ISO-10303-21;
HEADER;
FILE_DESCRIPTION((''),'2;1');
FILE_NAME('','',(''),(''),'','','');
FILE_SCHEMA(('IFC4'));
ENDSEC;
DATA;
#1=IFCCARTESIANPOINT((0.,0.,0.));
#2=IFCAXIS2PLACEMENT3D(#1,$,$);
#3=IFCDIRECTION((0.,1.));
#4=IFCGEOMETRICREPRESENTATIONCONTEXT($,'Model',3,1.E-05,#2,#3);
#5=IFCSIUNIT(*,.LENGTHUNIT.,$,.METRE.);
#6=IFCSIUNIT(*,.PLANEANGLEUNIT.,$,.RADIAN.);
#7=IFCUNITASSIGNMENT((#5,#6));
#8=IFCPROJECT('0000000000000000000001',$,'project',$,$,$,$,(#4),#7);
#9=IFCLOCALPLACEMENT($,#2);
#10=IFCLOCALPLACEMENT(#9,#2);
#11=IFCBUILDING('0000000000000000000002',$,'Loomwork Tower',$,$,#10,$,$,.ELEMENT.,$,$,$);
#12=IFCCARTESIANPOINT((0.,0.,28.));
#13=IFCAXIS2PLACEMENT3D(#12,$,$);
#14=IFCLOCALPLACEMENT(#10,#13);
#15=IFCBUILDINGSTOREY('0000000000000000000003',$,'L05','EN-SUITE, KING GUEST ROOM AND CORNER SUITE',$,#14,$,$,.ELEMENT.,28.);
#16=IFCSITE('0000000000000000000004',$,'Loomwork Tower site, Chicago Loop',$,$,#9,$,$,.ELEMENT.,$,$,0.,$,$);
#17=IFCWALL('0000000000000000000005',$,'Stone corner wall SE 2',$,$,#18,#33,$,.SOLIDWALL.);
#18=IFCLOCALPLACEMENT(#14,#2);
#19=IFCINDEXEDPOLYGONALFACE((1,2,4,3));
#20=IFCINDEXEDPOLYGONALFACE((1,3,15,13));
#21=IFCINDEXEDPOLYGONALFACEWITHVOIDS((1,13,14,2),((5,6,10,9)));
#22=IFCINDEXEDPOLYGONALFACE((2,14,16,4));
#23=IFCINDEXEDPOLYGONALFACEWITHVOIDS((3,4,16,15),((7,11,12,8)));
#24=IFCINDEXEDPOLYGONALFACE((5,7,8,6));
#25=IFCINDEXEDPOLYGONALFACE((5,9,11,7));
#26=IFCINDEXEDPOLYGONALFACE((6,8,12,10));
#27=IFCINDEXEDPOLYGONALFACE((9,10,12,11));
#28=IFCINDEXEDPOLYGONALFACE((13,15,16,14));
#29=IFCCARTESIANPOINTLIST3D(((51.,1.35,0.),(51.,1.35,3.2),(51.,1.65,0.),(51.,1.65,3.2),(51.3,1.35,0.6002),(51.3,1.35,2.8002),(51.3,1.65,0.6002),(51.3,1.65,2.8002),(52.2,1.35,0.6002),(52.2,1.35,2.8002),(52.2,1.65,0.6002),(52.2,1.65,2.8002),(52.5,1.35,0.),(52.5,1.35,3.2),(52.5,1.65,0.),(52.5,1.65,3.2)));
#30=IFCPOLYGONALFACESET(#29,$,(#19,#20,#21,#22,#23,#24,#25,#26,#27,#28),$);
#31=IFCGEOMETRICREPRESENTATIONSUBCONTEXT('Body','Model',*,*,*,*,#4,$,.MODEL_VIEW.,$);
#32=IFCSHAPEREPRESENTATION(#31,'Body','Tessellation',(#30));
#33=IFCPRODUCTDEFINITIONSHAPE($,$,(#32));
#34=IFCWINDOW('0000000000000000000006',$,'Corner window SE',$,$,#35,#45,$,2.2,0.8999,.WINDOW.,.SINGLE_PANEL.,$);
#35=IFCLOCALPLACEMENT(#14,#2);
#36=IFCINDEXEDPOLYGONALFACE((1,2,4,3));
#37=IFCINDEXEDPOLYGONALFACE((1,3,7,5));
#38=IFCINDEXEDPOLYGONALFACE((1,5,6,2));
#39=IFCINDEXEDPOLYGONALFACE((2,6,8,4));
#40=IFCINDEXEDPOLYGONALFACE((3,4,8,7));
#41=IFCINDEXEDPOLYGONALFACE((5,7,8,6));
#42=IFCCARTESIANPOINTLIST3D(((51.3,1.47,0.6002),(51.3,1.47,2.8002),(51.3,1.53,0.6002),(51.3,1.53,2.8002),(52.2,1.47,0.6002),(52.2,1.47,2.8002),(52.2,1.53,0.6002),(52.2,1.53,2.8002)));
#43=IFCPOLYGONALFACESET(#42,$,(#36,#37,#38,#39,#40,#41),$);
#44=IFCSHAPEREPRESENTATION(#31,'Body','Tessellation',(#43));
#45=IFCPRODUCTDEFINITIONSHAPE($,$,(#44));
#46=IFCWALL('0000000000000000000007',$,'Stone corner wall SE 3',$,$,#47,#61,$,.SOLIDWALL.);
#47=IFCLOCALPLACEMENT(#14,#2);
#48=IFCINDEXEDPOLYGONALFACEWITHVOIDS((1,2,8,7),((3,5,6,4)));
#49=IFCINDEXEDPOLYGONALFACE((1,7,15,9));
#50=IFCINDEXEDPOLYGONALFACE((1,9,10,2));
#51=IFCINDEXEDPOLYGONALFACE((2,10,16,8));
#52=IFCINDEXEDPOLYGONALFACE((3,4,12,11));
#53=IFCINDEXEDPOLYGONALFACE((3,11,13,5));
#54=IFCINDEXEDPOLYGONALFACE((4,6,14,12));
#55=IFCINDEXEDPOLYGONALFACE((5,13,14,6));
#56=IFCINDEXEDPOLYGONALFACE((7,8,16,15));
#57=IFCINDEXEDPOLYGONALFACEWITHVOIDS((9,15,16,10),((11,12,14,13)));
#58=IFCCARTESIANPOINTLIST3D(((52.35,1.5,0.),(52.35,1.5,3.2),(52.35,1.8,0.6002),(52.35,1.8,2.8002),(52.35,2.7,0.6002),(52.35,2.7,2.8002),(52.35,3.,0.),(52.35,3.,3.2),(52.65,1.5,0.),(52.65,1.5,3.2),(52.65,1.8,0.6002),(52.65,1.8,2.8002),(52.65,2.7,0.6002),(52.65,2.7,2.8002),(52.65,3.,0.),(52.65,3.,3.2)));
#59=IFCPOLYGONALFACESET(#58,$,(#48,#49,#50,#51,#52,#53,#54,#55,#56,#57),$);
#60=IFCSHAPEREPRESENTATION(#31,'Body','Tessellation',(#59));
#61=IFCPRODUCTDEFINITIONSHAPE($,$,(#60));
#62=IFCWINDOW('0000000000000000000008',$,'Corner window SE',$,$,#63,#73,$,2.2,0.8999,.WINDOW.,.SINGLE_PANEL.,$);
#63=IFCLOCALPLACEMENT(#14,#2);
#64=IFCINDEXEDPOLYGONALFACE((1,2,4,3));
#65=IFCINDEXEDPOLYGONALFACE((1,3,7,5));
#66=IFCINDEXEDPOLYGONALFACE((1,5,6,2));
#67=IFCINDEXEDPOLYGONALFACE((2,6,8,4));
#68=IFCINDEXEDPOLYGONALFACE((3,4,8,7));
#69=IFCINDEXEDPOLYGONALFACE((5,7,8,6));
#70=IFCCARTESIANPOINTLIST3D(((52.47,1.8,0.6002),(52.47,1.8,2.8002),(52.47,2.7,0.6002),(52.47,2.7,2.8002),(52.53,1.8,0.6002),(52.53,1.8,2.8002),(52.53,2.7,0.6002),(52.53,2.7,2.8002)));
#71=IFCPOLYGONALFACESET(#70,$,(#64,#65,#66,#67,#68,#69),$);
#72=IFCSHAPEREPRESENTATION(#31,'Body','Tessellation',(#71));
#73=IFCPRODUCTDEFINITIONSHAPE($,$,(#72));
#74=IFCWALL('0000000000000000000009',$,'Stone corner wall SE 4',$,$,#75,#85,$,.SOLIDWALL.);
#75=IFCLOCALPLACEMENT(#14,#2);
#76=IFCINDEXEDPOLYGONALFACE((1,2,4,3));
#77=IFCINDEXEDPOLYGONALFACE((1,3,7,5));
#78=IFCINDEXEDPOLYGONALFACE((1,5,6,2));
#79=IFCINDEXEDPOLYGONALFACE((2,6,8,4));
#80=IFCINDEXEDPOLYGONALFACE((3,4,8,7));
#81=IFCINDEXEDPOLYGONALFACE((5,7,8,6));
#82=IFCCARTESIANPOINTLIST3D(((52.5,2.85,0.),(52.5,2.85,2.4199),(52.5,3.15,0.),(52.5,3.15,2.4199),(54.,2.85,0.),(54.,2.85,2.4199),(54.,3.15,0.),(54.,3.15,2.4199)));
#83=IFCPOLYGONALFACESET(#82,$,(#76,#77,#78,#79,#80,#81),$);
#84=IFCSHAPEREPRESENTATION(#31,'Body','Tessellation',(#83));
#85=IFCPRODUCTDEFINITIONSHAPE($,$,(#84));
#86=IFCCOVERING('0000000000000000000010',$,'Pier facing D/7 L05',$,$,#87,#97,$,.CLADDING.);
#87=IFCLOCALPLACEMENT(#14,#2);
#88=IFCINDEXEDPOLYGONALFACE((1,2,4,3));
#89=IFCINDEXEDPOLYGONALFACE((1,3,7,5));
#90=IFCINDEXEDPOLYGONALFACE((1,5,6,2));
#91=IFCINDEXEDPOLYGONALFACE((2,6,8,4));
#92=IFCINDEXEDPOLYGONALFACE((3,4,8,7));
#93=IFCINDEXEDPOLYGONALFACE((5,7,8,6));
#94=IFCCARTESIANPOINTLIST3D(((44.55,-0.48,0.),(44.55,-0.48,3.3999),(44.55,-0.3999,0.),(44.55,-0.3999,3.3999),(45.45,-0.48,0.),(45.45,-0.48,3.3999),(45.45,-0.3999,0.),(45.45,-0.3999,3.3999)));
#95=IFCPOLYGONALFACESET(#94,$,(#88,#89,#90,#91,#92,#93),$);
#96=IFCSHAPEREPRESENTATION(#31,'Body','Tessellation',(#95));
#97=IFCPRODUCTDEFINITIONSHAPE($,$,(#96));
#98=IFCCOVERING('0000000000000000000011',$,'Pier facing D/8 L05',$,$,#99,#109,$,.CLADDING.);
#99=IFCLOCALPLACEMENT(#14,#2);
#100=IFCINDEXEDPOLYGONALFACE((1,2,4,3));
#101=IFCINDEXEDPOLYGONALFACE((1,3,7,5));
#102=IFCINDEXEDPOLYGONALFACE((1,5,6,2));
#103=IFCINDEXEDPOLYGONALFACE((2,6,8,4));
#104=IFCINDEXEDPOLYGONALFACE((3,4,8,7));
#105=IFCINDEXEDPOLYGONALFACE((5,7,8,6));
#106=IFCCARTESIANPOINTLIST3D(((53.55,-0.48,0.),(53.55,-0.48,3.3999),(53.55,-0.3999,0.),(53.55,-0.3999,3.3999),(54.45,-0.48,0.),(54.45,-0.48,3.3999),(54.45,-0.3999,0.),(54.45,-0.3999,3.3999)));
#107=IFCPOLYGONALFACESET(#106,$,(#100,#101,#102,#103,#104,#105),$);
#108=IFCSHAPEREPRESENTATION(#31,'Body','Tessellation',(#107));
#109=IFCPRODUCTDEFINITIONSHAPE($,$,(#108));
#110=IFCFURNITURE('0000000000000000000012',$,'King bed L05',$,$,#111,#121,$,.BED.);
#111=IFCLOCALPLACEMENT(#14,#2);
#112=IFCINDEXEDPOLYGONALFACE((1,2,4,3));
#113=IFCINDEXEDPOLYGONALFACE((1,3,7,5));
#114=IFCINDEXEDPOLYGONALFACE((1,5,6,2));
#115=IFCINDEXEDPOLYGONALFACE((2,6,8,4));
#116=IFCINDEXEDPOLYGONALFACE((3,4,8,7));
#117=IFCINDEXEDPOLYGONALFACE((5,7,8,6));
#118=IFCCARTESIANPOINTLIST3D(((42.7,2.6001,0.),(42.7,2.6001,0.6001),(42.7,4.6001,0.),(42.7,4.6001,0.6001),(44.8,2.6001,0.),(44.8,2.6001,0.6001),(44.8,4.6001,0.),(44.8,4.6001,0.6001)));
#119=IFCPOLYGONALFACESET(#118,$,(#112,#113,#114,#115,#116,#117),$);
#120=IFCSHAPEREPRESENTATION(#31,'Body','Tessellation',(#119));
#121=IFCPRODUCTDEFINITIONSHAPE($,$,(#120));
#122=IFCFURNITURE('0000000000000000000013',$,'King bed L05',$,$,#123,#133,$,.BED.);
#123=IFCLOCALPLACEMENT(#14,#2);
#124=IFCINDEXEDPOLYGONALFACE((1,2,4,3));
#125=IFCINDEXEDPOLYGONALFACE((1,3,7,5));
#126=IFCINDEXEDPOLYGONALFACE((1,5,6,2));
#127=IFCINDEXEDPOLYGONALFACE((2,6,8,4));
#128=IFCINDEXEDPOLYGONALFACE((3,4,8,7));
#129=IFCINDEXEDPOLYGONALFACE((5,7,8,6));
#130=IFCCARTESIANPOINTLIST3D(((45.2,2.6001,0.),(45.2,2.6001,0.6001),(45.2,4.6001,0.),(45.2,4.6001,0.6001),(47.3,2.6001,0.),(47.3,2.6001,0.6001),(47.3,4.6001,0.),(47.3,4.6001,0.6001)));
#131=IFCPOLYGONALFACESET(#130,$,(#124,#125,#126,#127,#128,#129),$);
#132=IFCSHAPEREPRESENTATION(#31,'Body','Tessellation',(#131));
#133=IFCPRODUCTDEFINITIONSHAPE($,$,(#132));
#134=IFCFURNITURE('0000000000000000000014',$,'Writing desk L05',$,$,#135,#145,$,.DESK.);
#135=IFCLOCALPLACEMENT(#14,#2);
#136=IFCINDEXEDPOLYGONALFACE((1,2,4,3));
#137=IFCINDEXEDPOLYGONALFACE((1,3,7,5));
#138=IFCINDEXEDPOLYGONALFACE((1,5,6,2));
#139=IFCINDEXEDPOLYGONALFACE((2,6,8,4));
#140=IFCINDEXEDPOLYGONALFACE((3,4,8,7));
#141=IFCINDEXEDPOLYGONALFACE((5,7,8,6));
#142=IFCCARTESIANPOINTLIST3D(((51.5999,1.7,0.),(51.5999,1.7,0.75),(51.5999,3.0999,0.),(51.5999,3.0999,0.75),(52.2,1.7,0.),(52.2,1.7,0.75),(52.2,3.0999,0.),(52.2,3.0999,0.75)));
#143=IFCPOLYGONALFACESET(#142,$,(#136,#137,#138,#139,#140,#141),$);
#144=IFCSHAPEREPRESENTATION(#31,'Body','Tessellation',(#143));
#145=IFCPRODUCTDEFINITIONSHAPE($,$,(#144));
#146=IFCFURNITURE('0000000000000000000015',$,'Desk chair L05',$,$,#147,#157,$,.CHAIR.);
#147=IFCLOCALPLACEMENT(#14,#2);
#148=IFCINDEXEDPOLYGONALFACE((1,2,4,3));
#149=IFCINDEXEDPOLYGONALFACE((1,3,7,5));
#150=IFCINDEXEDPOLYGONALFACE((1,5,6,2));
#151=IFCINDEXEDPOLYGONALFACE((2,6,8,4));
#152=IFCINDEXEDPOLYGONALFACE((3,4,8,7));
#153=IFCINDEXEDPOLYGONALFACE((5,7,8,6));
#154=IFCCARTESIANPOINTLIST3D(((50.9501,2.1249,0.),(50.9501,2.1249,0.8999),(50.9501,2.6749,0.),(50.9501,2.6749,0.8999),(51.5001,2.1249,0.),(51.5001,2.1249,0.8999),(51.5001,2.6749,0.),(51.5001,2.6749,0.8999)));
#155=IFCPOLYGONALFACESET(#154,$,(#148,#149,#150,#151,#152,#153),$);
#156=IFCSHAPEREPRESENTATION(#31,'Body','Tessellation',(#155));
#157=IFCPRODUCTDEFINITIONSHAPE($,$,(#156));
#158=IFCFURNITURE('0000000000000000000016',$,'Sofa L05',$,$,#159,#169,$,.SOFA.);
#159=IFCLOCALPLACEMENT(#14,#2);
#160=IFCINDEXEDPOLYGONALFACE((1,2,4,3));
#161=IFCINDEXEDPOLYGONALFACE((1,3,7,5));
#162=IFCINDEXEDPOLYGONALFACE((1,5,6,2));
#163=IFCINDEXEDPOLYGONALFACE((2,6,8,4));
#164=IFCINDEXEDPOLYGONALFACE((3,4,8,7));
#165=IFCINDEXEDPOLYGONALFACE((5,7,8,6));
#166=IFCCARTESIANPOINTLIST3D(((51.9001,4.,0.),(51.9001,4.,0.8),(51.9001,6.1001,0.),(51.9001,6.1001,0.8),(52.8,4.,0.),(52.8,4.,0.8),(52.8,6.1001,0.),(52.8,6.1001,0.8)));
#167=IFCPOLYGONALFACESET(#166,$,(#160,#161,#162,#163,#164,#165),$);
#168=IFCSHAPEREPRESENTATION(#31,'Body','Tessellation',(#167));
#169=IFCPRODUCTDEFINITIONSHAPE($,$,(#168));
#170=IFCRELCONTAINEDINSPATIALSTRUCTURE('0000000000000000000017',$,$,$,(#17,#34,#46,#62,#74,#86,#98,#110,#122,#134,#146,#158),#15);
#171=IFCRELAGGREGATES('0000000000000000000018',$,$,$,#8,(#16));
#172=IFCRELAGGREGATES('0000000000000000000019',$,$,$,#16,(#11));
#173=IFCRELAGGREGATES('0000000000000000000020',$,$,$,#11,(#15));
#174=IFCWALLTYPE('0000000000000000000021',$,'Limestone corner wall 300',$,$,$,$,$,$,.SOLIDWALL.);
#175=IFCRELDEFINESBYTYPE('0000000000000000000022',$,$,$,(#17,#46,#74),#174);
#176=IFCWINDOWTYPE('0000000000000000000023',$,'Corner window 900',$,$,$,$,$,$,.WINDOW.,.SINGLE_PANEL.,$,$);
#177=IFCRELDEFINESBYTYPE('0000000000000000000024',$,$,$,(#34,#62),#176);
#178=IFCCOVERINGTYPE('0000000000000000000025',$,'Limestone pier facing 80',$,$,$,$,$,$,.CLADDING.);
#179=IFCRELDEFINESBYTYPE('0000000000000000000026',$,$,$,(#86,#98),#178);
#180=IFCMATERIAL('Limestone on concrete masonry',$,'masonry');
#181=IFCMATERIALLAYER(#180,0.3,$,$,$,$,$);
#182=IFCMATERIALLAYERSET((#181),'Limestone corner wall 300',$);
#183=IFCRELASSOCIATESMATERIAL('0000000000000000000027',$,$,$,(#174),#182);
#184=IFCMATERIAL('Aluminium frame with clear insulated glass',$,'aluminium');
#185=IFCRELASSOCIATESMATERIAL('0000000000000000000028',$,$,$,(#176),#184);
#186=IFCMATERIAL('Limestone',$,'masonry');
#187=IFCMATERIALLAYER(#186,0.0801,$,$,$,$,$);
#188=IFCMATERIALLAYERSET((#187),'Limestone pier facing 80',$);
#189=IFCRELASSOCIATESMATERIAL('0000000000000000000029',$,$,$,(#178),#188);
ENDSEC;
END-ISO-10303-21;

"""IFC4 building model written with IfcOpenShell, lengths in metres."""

from ifc_helpers import new_model, si_unit, direction, frame, frame_2d, origin, origin_2d, place, context, subcontext, project, spatial, rectangle, extrude, material, layer, layer_set, type_object, element, fill, save


model = new_model("IFC4")

# Units and contexts
model_context = context("Model", 3, precision=1e-05, world=origin(), true_north=direction((0.0, 1.0)))
body_context = subcontext(model_context, "Body", "Model", "MODEL_VIEW")
ifc_project = project(units=[si_unit("LENGTHUNIT", "METRE"), si_unit("PLANEANGLEUNIT", "RADIAN")], contexts=[model_context])

# Site, building, storey
site_placement = place(None, origin())
site = spatial("IfcSite", under=ifc_project, at=site_placement, Name="Loomwork Tower site, Chicago Loop", CompositionType="ELEMENT", RefElevation=0.0)
building_placement = place(site_placement, origin())
building = spatial("IfcBuilding", under=site, at=building_placement, Name="Loomwork Tower", CompositionType="ELEMENT")
storey_placement = place(building_placement, frame((0.0, 0.0, 28.0)))
storey = spatial("IfcBuildingStorey", under=building, at=storey_placement, Name="L05", Description="EN-SUITE, KING GUEST ROOM AND CORNER SUITE", CompositionType="ELEMENT", Elevation=28.0)

# Shared definitions
ifc_material_1 = material(Name="Limestone on concrete masonry", Category="masonry")
ifc_layer_1 = layer(ifc_material_1, 0.3)
ifc_layer_set_1 = layer_set([ifc_layer_1], Name="Limestone corner wall 300")
wall_type_1 = type_object("IfcWallType", Name="Limestone corner wall 300", PredefinedType="SOLIDWALL", material=ifc_layer_set_1)

# Walls, openings, windows
wall_1_placement = place(storey_placement, frame((51.0, 1.5, 0.0), z_axis=(0.0, 0.0, 1.0), x_axis=(1.0, 0.0, 0.0)))
wall_1 = element("IfcWall", 1, at=wall_1_placement, inside=storey, type_object=wall_type_1, Name="Stone corner wall SE 2", PredefinedType="SOLIDWALL", context=body_context, shape_type="SweptSolid", body=[
    extrude(rectangle(XDim=1.5, YDim=0.3, at=frame_2d((0.75, 0.0))), origin(), (0.0, 0.0, 1.0), 3.2),
])
opening_1_placement = place(wall_1_placement, frame((0.3, 0.0, 0.6001)))
opening_1 = element("IfcOpeningElement", 2, at=opening_1_placement, cuts=wall_1, PredefinedType="OPENING", context=body_context, shape_type="SweptSolid", body=[
    extrude(rectangle(XDim=0.8999, YDim=2.2, at=frame_2d((0.45, 1.1001))), frame((0.0, 0.1599, 0.0), z_axis=(0.0, -1.0, 0.0), x_axis=(1.0, 0.0, 0.0)), (0.0, 0.0, 1.0), 0.3201),
])
ifc_material_2 = material(Name="Aluminium frame with clear insulated glass", Category="aluminium")
window_type_1 = type_object("IfcWindowType", Name="Corner window 900", PartitioningType="SINGLE_PANEL", PredefinedType="WINDOW", material=ifc_material_2)
window_1_placement = place(opening_1_placement, origin())
window_1 = element("IfcWindow", 3, at=window_1_placement, inside=storey, type_object=window_type_1, Name="Corner window SE", OverallHeight=2.2, OverallWidth=0.8999, PartitioningType="SINGLE_PANEL", PredefinedType="WINDOW", context=body_context, shape_type="SweptSolid", body=[
    extrude(rectangle(XDim=0.8999, YDim=2.2, at=frame_2d((0.45, 1.1001))), frame((0.0, 0.03, 0.0), z_axis=(0.0, -1.0, 0.0), x_axis=(1.0, 0.0, 0.0)), (0.0, 0.0, 1.0), 0.0601),
])
fill(opening_1, window_1)
wall_2_placement = place(storey_placement, frame((52.5, 1.5, 0.0), z_axis=(0.0, 0.0, 1.0), x_axis=(0.0, 1.0, 0.0)))
wall_2 = element("IfcWall", 4, at=wall_2_placement, inside=storey, type_object=wall_type_1, Name="Stone corner wall SE 3", PredefinedType="SOLIDWALL", context=body_context, shape_type="SweptSolid", body=[
    extrude(rectangle(XDim=1.5, YDim=0.3, at=frame_2d((0.75, 0.0))), origin(), (0.0, 0.0, 1.0), 3.2),
])
opening_2_placement = place(wall_2_placement, frame((0.3, 0.0, 0.6001)))
opening_2 = element("IfcOpeningElement", 5, at=opening_2_placement, cuts=wall_2, PredefinedType="OPENING", context=body_context, shape_type="SweptSolid", body=[
    extrude(rectangle(XDim=0.8999, YDim=2.2, at=frame_2d((0.45, 1.1001))), frame((0.0, 0.1599, 0.0), z_axis=(0.0, -1.0, 0.0), x_axis=(1.0, 0.0, 0.0)), (0.0, 0.0, 1.0), 0.3201),
])
window_2_placement = place(opening_2_placement, origin())
window_2 = element("IfcWindow", 6, at=window_2_placement, inside=storey, type_object=window_type_1, Name="Corner window SE", OverallHeight=2.2, OverallWidth=0.8999, PartitioningType="SINGLE_PANEL", PredefinedType="WINDOW", context=body_context, shape_type="SweptSolid", body=[
    extrude(rectangle(XDim=0.8999, YDim=2.2, at=frame_2d((0.45, 1.1001))), frame((0.0, 0.03, 0.0), z_axis=(0.0, -1.0, 0.0), x_axis=(1.0, 0.0, 0.0)), (0.0, 0.0, 1.0), 0.0601),
])
fill(opening_2, window_2)

# Wall
wall_3_placement = place(storey_placement, frame((52.5, 3.0, 0.0), z_axis=(0.0, 0.0, 1.0), x_axis=(1.0, 0.0, 0.0)))
element("IfcWall", 7, at=wall_3_placement, inside=storey, type_object=wall_type_1, Name="Stone corner wall SE 4", PredefinedType="SOLIDWALL", context=body_context, shape_type="SweptSolid", body=[
    extrude(rectangle(XDim=1.5, YDim=0.3, at=frame_2d((0.75, 0.0))), origin(), (0.0, 0.0, 1.0), 2.4199),
])

# Coverings
ifc_material_3 = material(Name="Limestone", Category="masonry")
ifc_layer_2 = layer(ifc_material_3, 0.0801)
ifc_layer_set_2 = layer_set([ifc_layer_2], Name="Limestone pier facing 80")
covering_type = type_object("IfcCoveringType", Name="Limestone pier facing 80", PredefinedType="CLADDING", material=ifc_layer_set_2)
for number, where, z_axis, x_axis, name in (
    (8, (45.0, -0.4399, 0.0), (0.0, 0.0, 1.0), (1.0, 0.0, 0.0), "Pier facing D/7 L05"),
    (9, (54.0, -0.4399, 0.0), (0.0, 0.0, 1.0), (1.0, 0.0, 0.0), "Pier facing D/8 L05"),
):
    element("IfcCovering", number, at=place(storey_placement, frame(where, z_axis=z_axis, x_axis=x_axis)), inside=storey, type_object=covering_type, Name=name, PredefinedType="CLADDING", context=body_context, shape_type="SweptSolid", body=[
        extrude(rectangle(XDim=0.8999, YDim=0.0801, at=origin_2d()), origin(), (0.0, 0.0, 1.0), 3.3999),
    ])

# Furniture
for number, where, z_axis, x_axis, name in (
    (10, (43.75, 3.6001, 0.0), (0.0, 0.0, 1.0), (1.0, 0.0, 0.0), "King bed L05"),
    (11, (46.25, 3.6001, 0.0), (0.0, 0.0, 1.0), (1.0, 0.0, 0.0), "King bed L05"),
):
    element("IfcFurniture", number, at=place(storey_placement, frame(where, z_axis=z_axis, x_axis=x_axis)), inside=storey, Name=name, PredefinedType="BED", context=body_context, shape_type="SweptSolid", body=[
        extrude(rectangle(XDim=2.1001, YDim=2.0, at=origin_2d()), origin(), (0.0, 0.0, 1.0), 0.6001),
    ])
furniture_1_placement = place(storey_placement, frame((51.8999, 2.3999, 0.0), z_axis=(0.0, 0.0, 1.0), x_axis=(1.0, 0.0, 0.0)))
element("IfcFurniture", 12, at=furniture_1_placement, inside=storey, Name="Writing desk L05", PredefinedType="DESK", context=body_context, shape_type="SweptSolid", body=[
    extrude(rectangle(XDim=0.6001, YDim=1.3999, at=origin_2d()), origin(), (0.0, 0.0, 1.0), 0.75),
])
furniture_2_placement = place(storey_placement, frame((51.2251, 2.3999, 0.0), z_axis=(0.0, 0.0, 1.0), x_axis=(1.0, 0.0, 0.0)))
element("IfcFurniture", 13, at=furniture_2_placement, inside=storey, Name="Desk chair L05", PredefinedType="CHAIR", context=body_context, shape_type="SweptSolid", body=[
    extrude(rectangle(XDim=0.55, YDim=0.55, at=origin_2d()), origin(), (0.0, 0.0, 1.0), 0.8999),
])
furniture_3_placement = place(storey_placement, frame((52.3501, 5.05, 0.0), z_axis=(0.0, 0.0, 1.0), x_axis=(1.0, 0.0, 0.0)))
element("IfcFurniture", 14, at=furniture_3_placement, inside=storey, Name="Sofa L05", PredefinedType="SOFA", context=body_context, shape_type="SweptSolid", body=[
    extrude(rectangle(XDim=0.8999, YDim=2.1001, at=origin_2d()), origin(), (0.0, 0.0, 1.0), 0.8),
])

save(model, "model.ifc")
